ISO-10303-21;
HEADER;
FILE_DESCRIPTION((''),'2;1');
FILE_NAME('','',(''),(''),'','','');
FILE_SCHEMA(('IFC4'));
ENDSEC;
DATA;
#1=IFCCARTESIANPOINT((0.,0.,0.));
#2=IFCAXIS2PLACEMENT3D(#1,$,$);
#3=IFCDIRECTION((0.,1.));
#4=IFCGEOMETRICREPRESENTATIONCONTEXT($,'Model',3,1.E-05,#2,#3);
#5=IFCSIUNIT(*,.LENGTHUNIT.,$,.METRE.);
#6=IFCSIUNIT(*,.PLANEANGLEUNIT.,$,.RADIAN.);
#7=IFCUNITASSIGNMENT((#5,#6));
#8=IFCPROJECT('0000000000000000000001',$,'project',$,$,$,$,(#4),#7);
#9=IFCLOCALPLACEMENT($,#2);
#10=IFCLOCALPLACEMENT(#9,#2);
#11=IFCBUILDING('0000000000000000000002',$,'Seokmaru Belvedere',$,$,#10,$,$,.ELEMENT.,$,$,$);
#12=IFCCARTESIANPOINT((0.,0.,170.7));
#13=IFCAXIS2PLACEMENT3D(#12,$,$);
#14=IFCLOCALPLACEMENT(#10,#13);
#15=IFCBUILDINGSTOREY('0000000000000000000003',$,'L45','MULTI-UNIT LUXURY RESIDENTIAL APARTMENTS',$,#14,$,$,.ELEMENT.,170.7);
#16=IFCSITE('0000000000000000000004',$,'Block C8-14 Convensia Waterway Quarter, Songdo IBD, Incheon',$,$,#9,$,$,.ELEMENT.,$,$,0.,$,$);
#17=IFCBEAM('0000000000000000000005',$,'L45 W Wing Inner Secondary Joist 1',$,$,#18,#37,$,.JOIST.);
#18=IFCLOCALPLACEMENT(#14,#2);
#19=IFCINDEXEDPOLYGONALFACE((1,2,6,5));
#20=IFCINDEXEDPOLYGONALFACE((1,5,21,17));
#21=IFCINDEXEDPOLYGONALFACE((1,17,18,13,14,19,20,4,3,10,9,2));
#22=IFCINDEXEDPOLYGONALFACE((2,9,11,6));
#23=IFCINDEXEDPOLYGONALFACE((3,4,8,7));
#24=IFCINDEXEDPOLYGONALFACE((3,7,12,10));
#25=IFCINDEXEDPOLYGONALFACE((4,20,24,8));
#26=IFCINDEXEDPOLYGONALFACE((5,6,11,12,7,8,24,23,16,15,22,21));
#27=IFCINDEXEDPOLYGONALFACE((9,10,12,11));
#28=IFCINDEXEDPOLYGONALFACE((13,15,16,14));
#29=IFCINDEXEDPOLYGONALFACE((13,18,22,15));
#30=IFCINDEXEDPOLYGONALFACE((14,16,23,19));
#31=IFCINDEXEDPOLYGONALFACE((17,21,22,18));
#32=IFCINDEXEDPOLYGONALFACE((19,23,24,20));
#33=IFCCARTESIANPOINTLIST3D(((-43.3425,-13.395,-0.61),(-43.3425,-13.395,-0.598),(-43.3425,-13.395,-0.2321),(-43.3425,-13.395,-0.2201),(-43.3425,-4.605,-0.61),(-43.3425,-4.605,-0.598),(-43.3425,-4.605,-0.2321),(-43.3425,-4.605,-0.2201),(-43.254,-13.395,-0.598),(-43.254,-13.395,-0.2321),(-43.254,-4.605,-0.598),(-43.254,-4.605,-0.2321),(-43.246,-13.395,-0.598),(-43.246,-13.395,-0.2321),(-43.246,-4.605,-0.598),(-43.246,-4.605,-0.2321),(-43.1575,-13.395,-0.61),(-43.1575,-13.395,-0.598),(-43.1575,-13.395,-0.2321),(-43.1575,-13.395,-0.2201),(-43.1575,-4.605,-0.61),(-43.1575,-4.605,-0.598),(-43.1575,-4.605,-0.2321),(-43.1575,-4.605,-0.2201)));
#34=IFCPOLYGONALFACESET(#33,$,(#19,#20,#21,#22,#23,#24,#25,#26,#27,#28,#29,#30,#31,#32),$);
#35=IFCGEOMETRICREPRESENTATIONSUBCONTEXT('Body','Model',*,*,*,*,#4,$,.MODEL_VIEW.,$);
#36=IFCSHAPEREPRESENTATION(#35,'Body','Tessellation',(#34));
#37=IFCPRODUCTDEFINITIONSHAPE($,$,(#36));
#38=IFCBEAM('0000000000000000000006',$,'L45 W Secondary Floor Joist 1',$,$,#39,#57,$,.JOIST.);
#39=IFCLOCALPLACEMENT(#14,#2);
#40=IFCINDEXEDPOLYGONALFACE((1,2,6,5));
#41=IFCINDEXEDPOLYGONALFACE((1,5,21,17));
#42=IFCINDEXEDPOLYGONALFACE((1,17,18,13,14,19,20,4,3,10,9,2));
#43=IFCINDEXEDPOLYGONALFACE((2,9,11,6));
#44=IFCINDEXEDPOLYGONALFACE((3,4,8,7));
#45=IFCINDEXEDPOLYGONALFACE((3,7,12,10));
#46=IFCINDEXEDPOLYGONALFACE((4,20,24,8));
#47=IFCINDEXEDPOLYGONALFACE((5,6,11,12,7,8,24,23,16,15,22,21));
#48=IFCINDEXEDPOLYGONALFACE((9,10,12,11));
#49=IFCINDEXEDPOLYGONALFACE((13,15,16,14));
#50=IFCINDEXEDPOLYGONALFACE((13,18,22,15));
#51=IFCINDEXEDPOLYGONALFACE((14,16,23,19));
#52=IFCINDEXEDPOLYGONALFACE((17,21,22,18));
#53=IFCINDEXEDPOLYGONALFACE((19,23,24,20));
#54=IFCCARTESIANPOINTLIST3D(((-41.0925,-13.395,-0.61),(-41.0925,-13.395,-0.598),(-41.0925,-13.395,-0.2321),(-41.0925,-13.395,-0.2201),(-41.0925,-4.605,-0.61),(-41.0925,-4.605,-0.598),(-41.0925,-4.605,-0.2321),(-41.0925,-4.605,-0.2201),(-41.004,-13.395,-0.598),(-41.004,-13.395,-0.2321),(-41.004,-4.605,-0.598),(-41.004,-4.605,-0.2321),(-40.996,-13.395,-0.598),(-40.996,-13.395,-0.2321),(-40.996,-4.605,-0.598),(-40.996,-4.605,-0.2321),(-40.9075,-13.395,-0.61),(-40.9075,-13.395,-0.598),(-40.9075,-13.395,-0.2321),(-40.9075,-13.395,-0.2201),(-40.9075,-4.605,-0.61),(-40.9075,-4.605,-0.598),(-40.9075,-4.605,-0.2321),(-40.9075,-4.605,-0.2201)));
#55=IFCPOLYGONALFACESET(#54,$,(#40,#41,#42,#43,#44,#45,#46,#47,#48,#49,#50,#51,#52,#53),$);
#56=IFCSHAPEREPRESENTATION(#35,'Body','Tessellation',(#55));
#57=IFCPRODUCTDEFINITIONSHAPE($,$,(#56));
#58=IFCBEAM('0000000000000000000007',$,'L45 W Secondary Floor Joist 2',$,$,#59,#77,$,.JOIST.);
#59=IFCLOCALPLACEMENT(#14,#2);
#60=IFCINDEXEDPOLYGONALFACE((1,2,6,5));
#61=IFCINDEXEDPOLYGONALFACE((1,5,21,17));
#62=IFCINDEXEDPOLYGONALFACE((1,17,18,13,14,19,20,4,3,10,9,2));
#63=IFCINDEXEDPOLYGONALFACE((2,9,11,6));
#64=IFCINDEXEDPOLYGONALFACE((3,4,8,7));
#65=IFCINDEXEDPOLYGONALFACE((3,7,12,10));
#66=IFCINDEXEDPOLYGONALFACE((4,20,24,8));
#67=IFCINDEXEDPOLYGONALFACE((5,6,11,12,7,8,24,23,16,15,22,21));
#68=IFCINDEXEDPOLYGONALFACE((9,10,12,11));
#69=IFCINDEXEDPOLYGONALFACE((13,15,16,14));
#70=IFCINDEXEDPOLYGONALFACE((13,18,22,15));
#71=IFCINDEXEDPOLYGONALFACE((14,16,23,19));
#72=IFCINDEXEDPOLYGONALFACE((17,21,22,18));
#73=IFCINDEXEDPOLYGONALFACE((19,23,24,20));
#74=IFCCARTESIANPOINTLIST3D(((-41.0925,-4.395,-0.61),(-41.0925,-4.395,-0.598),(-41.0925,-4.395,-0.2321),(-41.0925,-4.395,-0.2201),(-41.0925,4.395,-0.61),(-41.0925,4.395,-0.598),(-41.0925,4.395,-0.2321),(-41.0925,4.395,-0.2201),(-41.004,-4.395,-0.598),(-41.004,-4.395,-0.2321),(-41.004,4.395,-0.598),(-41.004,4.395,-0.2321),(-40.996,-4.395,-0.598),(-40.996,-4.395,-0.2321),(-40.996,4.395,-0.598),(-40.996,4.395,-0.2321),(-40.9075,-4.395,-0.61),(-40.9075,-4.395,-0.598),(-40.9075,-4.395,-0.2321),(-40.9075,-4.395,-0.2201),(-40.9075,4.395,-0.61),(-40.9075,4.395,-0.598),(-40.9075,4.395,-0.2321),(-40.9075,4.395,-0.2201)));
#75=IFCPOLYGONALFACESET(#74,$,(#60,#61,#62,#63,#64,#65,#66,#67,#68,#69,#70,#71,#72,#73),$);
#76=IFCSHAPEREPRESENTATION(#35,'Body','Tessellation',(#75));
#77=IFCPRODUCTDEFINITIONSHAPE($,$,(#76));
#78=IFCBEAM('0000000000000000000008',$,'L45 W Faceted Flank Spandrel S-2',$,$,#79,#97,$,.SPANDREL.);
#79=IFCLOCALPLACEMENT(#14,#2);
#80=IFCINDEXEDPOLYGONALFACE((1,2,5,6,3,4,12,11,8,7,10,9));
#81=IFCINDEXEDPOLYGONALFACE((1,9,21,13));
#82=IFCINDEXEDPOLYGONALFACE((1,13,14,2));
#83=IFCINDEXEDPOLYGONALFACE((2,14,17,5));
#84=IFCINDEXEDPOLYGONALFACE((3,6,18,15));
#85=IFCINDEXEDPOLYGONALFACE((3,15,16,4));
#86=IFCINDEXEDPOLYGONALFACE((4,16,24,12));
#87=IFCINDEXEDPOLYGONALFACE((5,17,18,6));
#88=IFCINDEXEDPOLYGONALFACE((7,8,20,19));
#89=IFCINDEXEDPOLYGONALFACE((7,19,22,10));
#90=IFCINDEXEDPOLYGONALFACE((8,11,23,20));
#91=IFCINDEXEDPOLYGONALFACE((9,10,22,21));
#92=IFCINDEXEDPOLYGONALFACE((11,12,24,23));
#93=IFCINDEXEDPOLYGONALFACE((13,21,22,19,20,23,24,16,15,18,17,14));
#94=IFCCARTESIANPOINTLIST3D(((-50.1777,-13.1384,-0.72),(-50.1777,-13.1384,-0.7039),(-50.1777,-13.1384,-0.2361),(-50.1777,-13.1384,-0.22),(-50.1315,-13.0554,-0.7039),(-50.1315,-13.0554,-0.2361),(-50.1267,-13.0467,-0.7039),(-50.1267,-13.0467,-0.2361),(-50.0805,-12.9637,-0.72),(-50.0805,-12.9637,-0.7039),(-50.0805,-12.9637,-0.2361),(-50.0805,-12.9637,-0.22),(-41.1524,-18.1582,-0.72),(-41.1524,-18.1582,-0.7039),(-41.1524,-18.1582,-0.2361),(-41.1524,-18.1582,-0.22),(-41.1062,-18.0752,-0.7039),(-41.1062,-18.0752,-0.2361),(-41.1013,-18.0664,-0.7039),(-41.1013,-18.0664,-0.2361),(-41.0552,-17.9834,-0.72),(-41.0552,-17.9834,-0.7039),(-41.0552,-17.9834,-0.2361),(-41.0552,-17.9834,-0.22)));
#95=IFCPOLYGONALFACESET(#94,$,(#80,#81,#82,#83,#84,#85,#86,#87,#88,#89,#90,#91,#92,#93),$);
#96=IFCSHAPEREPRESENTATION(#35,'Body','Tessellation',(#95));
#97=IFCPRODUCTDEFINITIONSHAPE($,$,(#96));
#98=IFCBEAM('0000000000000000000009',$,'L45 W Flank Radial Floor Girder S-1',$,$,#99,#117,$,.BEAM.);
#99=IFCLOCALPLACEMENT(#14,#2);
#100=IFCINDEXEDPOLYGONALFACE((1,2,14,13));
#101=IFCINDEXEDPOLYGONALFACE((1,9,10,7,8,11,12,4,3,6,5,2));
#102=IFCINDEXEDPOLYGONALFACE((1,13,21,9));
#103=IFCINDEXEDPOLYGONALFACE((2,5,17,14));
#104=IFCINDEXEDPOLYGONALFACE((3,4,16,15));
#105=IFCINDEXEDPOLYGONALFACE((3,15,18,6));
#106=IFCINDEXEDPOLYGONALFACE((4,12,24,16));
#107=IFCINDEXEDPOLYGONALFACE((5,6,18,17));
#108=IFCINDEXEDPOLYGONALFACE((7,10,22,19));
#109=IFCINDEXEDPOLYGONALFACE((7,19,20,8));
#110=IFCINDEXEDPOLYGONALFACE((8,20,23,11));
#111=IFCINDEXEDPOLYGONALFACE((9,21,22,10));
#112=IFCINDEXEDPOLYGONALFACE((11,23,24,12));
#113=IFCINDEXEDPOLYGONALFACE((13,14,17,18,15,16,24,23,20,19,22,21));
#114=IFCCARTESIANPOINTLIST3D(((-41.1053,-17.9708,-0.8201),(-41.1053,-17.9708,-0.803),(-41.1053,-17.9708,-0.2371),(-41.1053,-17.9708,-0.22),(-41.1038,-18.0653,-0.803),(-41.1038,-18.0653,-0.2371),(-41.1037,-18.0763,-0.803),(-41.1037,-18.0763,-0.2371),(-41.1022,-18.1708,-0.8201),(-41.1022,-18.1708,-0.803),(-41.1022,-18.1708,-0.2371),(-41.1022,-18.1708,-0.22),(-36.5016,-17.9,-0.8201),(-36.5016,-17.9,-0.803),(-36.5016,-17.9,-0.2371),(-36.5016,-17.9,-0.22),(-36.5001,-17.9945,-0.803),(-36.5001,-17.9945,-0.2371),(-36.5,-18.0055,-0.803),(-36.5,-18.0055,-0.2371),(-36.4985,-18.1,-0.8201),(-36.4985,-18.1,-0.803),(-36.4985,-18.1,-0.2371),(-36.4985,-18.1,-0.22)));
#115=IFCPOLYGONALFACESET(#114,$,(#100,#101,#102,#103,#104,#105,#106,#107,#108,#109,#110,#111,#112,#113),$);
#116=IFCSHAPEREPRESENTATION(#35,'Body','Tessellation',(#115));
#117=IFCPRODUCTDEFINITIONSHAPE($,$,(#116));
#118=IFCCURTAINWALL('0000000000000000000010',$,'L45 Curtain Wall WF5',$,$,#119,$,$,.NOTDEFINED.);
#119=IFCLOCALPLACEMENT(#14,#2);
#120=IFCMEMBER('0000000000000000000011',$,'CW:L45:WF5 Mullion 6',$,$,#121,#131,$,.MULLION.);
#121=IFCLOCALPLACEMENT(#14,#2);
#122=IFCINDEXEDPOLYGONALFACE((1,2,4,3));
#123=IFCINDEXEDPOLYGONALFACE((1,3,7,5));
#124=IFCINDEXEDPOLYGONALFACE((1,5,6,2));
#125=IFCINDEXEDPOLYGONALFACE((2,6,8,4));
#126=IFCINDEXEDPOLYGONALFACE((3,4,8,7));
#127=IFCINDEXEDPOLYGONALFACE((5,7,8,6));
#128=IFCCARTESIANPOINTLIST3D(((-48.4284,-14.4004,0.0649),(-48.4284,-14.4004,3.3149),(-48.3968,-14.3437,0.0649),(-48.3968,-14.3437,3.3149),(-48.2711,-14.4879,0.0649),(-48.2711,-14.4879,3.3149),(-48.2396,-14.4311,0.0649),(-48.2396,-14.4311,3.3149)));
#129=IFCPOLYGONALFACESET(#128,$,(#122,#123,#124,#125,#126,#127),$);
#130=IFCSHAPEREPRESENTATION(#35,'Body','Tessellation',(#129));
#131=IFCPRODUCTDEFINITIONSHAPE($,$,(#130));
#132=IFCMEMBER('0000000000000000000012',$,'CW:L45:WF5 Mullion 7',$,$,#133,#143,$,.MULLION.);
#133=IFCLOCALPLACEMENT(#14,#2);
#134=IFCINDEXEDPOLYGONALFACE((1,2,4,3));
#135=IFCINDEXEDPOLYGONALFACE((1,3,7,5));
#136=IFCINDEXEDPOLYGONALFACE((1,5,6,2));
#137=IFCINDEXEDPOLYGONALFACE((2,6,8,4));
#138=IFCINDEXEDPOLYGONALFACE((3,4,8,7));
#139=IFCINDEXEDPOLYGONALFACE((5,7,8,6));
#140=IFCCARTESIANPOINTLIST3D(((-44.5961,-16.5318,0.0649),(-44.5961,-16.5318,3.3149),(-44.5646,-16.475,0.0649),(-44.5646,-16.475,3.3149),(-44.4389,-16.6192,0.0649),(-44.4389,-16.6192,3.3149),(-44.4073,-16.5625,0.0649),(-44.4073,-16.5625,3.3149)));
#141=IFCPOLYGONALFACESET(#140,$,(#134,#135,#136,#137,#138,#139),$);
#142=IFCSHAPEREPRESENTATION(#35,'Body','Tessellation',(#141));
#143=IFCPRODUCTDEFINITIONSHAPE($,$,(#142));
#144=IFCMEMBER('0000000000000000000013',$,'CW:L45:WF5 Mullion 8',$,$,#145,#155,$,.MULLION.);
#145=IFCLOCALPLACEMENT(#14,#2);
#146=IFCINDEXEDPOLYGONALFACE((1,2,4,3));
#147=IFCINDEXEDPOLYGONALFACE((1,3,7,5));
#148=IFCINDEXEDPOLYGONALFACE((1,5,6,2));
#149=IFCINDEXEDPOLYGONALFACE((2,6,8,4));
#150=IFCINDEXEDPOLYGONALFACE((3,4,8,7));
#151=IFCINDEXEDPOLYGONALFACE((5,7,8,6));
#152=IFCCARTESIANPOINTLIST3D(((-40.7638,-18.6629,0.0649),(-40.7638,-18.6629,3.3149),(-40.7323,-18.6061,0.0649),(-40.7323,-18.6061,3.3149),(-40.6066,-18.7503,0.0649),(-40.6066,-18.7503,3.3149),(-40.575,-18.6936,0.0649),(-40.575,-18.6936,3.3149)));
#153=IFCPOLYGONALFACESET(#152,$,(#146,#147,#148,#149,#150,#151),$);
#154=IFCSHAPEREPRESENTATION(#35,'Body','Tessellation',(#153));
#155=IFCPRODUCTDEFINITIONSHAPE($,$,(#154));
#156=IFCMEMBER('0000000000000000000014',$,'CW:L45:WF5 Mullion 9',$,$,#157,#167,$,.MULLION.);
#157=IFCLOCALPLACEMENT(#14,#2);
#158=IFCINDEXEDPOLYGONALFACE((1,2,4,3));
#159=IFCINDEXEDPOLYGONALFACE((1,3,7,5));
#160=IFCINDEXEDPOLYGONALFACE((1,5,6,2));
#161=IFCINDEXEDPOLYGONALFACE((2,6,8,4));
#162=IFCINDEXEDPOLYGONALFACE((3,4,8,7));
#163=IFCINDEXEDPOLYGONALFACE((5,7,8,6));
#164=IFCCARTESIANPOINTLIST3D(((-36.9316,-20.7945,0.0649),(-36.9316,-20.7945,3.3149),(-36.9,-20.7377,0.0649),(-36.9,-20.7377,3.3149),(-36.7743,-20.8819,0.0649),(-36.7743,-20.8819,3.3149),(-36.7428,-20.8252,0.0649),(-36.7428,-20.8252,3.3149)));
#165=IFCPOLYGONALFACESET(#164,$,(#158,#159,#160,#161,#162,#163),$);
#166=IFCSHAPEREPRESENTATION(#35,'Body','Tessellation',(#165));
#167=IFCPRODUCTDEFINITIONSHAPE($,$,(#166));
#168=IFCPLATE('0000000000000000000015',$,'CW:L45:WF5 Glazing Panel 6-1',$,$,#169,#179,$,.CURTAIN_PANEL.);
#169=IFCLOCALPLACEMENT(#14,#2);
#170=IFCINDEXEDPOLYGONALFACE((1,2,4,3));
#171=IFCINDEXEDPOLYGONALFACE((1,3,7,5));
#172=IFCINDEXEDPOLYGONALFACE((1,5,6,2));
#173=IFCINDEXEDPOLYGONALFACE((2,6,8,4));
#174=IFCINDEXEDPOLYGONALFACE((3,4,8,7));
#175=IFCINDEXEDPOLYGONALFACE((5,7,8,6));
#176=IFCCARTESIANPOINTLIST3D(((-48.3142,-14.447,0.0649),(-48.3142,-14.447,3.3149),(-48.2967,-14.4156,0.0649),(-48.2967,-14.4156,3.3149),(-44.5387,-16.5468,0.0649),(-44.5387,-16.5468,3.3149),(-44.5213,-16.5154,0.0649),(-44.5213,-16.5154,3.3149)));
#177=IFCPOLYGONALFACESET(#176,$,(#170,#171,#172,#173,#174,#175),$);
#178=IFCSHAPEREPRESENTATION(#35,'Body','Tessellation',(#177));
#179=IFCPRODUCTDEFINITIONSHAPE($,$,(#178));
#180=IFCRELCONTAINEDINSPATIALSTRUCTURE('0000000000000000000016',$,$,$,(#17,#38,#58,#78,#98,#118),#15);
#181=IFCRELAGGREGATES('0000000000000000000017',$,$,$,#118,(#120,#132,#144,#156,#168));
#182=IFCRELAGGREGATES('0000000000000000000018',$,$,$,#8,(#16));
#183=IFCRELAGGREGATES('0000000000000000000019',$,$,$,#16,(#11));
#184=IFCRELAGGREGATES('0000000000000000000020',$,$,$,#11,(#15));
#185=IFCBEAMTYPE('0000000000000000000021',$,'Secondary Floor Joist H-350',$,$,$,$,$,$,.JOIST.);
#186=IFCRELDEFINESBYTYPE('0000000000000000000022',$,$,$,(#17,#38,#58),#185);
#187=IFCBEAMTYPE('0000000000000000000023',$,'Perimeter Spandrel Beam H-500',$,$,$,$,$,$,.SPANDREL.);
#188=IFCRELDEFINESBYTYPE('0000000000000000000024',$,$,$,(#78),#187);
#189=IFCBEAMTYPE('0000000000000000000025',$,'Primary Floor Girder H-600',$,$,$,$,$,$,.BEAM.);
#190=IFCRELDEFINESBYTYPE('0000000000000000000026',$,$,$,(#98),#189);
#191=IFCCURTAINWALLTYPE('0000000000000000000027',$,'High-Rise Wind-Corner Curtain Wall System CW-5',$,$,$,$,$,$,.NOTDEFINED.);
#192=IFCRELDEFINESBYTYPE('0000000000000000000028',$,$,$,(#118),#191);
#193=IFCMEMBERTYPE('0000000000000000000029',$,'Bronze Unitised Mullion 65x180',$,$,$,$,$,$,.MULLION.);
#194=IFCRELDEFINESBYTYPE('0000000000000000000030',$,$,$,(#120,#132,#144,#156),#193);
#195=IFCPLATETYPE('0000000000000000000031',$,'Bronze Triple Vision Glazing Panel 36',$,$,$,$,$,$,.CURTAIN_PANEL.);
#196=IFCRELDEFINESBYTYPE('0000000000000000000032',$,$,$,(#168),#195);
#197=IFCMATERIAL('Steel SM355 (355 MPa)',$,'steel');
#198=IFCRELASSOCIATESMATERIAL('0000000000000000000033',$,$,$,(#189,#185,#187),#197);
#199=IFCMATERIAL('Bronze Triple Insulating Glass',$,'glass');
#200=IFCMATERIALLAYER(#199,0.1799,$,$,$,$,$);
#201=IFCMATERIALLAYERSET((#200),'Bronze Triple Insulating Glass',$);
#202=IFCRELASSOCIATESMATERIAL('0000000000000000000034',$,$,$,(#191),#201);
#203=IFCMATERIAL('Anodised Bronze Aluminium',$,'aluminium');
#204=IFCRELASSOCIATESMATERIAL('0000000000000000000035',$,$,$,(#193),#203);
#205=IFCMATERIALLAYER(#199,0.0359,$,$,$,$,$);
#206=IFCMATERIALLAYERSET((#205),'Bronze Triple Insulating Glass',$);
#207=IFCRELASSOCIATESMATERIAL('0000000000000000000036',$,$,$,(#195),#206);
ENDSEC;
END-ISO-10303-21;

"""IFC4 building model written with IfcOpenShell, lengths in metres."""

from ifc_helpers import new_model, si_unit, direction, frame, origin, origin_2d, place, context, subcontext, project, spatial, rectangle, i_section, extrude, source, transform, mapped, material, layer, layer_set, material_profile, profile_set, type_object, type_shapes, element, aggregate, save


model = new_model("IFC4")

# Units and contexts
model_context = context("Model", 3, precision=1e-05, world=origin(), true_north=direction((0.0, 1.0)))
body_context = subcontext(model_context, "Body", "Model", "MODEL_VIEW")
ifc_project = project(units=[si_unit("LENGTHUNIT", "METRE"), si_unit("PLANEANGLEUNIT", "RADIAN")], contexts=[model_context])

# Site, building, storey
site_placement = place(None, origin())
site = spatial("IfcSite", under=ifc_project, at=site_placement, Name="Block C8-14 Convensia Waterway Quarter, Songdo IBD, Incheon", CompositionType="ELEMENT", RefElevation=0.0)
building_placement = place(site_placement, origin())
building = spatial("IfcBuilding", under=site, at=building_placement, Name="Seokmaru Belvedere", CompositionType="ELEMENT")
storey_placement = place(building_placement, frame((0.0, 0.0, 170.7)))
storey = spatial("IfcBuildingStorey", under=building, at=storey_placement, Name="L45", Description="MULTI-UNIT LUXURY RESIDENTIAL APARTMENTS", CompositionType="ELEMENT", Elevation=170.7)

# Shared definitions
ifc_material_1 = material(Name="Steel SM355 (355 MPa)", Category="steel")

# Beams
ifc_material_profile_1 = material_profile(ifc_material_1, i_section(OverallWidth=0.2, OverallDepth=0.6001, WebThickness=0.011, FlangeThickness=0.0171, at=origin_2d()), Name="H-600x200x11x17")
ifc_profile_set_1 = profile_set([ifc_material_profile_1], Name="Steel SM355 (355 MPa)")
beam_type_1 = type_object("IfcBeamType", Name="Primary Floor Girder H-600", PredefinedType="BEAM", material=ifc_profile_set_1)
ifc_material_profile_2 = material_profile(ifc_material_1, i_section(OverallWidth=0.1851, OverallDepth=0.3899, WebThickness=0.0081, FlangeThickness=0.012, at=origin_2d()), Name="H-390x185x8x12")
ifc_profile_set_2 = profile_set([ifc_material_profile_2], Name="Steel SM355 (355 MPa)")
beam_type_2 = type_object("IfcBeamType", Name="Secondary Floor Joist H-350", PredefinedType="JOIST", material=ifc_profile_set_2)
shared_shape_1 = source(origin(), body_context, "Body", "SweptSolid", [
    extrude(i_section(OverallWidth=0.1851, OverallDepth=0.3899, WebThickness=0.0081, FlangeThickness=0.012, at=origin_2d()), origin(), (0.0, 0.0, 1.0), 8.79),
])
type_shapes(beam_type_2, [shared_shape_1])
for number, where, z_axis, x_axis, name in (
    (1, (-43.25, -13.395, -0.415), (0.0, 1.0, 0.0), (-1.0, 0.0, 0.0), "L45 W Wing Inner Secondary Joist 1"),
    (2, (-41.0, -13.395, -0.415), (0.0, 1.0, 0.0), (-1.0, 0.0, 0.0), "L45 W Secondary Floor Joist 1"),
    (3, (-41.0, -4.395, -0.415), (0.0, 1.0, 0.0), (-1.0, 0.0, 0.0), "L45 W Secondary Floor Joist 2"),
):
    element("IfcBeam", number, at=place(storey_placement, frame(where, z_axis=z_axis, x_axis=x_axis)), inside=storey, type_object=beam_type_2, Name=name, PredefinedType="JOIST", context=body_context, shape_type="MappedRepresentation", body=[
        mapped(shared_shape_1, transform((0.0, 0.0, 0.0), scale=1.0)),
    ])
ifc_material_profile_3 = material_profile(ifc_material_1, i_section(OverallWidth=0.2, OverallDepth=0.5, WebThickness=0.01, FlangeThickness=0.0161, at=origin_2d()), Name="H-500x200x10x16")
ifc_profile_set_3 = profile_set([ifc_material_profile_3], Name="Steel SM355 (355 MPa)")
beam_type_3 = type_object("IfcBeamType", Name="Perimeter Spandrel Beam H-500", PredefinedType="SPANDREL", material=ifc_profile_set_3)
shared_shape_2 = source(origin(), body_context, "Body", "SweptSolid", [
    extrude(i_section(OverallWidth=0.2, OverallDepth=0.5, WebThickness=0.01, FlangeThickness=0.0161, at=origin_2d()), origin(), (0.0, 0.0, 1.0), 10.3274),
])
type_shapes(beam_type_3, [shared_shape_2])
beam_1_placement = place(storey_placement, frame((-41.1038, -18.0708, -0.47), z_axis=(-0.873924, 0.486062, 0.0), x_axis=(-0.486062, -0.873924, 0.0)))
element("IfcBeam", 4, at=beam_1_placement, inside=storey, type_object=beam_type_3, Name="L45 W Faceted Flank Spandrel S-2", PredefinedType="SPANDREL", context=body_context, shape_type="MappedRepresentation", body=[
    mapped(shared_shape_2, transform((0.0, 0.0, 0.0), scale=1.0)),
])
shared_shape_3 = source(origin(), body_context, "Body", "SweptSolid", [
    extrude(i_section(OverallWidth=0.2, OverallDepth=0.6001, WebThickness=0.011, FlangeThickness=0.0171, at=origin_2d()), origin(), (0.0, 0.0, 1.0), 4.6042),
])
beam_2_placement = place(storey_placement, frame((-41.1038, -18.0708, -0.52), z_axis=(0.999882, 0.015377, 0.0), x_axis=(-0.015377, 0.999882, 0.0)))
element("IfcBeam", 5, at=beam_2_placement, inside=storey, type_object=beam_type_1, Name="L45 W Flank Radial Floor Girder S-1", PredefinedType="BEAM", context=body_context, shape_type="MappedRepresentation", body=[
    mapped(shared_shape_3, transform((0.0, 0.0, 0.0), scale=1.0)),
])

# Curtain wall, members, plate
ifc_material_2 = material(Name="Bronze Triple Insulating Glass", Category="glass")
ifc_layer_1 = layer(ifc_material_2, 0.1799)
ifc_layer_set_1 = layer_set([ifc_layer_1], Name="Bronze Triple Insulating Glass")
curtain_wall_type = type_object("IfcCurtainWallType", Name="High-Rise Wind-Corner Curtain Wall System CW-5", PredefinedType="NOTDEFINED", material=ifc_layer_set_1)
curtain_wall_placement = place(storey_placement, origin())
curtain_wall = element("IfcCurtainWall", 6, at=curtain_wall_placement, inside=storey, type_object=curtain_wall_type, Name="L45 Curtain Wall WF5", PredefinedType="NOTDEFINED")
ifc_material_3 = material(Name="Anodised Bronze Aluminium", Category="aluminium")
ifc_material_profile_4 = material_profile(ifc_material_3, rectangle(XDim=0.0649, YDim=0.1799, at=origin_2d()), Name="CW-M-65x180")
ifc_profile_set_4 = profile_set([ifc_material_profile_4], Name="Anodised Bronze Aluminium")
member_type = type_object("IfcMemberType", Name="Bronze Unitised Mullion 65x180", PredefinedType="MULLION", material=ifc_profile_set_4)
shared_shape_4 = source(origin(), body_context, "Body", "SweptSolid", [
    extrude(rectangle(XDim=0.0649, YDim=0.1799, at=origin_2d()), origin(), (0.0, 0.0, 1.0), 3.25),
])
type_shapes(member_type, [shared_shape_4])
member_1_placement = place(storey_placement, frame((-48.334, -14.4158, 0.0649), z_axis=(0.0, 0.0, 1.0), x_axis=(0.486047, 0.873933, 0.0)))
member_1 = element("IfcMember", 7, at=member_1_placement, type_object=member_type, Name="CW:L45:WF5 Mullion 6", PredefinedType="MULLION", context=body_context, shape_type="MappedRepresentation", body=[
    mapped(shared_shape_4, transform((0.0, 0.0, 0.0), scale=1.0)),
])
member_2_placement = place(storey_placement, frame((-44.5017, -16.5471, 0.0649), z_axis=(0.0, 0.0, 1.0), x_axis=(0.486047, 0.873933, 0.0)))
member_2 = element("IfcMember", 8, at=member_2_placement, type_object=member_type, Name="CW:L45:WF5 Mullion 7", PredefinedType="MULLION", context=body_context, shape_type="MappedRepresentation", body=[
    mapped(shared_shape_4, transform((0.0, 0.0, 0.0), scale=1.0)),
])
member_3_placement = place(storey_placement, frame((-40.6694, -18.6782, 0.0649), z_axis=(0.0, 0.0, 1.0), x_axis=(0.486047, 0.873933, 0.0)))
member_3 = element("IfcMember", 9, at=member_3_placement, type_object=member_type, Name="CW:L45:WF5 Mullion 8", PredefinedType="MULLION", context=body_context, shape_type="MappedRepresentation", body=[
    mapped(shared_shape_4, transform((0.0, 0.0, 0.0), scale=1.0)),
])
member_4_placement = place(storey_placement, frame((-36.8372, -20.8098, 0.0649), z_axis=(0.0, 0.0, 1.0), x_axis=(0.486047, 0.873933, 0.0)))
member_4 = element("IfcMember", 10, at=member_4_placement, type_object=member_type, Name="CW:L45:WF5 Mullion 9", PredefinedType="MULLION", context=body_context, shape_type="MappedRepresentation", body=[
    mapped(shared_shape_4, transform((0.0, 0.0, 0.0), scale=1.0)),
])
ifc_layer_2 = layer(ifc_material_2, 0.0359)
ifc_layer_set_2 = layer_set([ifc_layer_2], Name="Bronze Triple Insulating Glass")
plate_type = type_object("IfcPlateType", Name="Bronze Triple Vision Glazing Panel 36", PredefinedType="CURTAIN_PANEL", material=ifc_layer_set_2)
shared_shape_5 = source(origin(), body_context, "Body", "SweptSolid", [
    extrude(rectangle(XDim=4.3201, YDim=0.0359, at=origin_2d()), origin(), (0.0, 0.0, 1.0), 3.25),
])
type_shapes(plate_type, [shared_shape_5])
plate_1_placement = place(storey_placement, frame((-46.4177, -15.4812, 0.0649), z_axis=(0.0, 0.0, 1.0), x_axis=(0.873933, -0.486047, 0.0)))
plate_1 = element("IfcPlate", 11, at=plate_1_placement, type_object=plate_type, Name="CW:L45:WF5 Glazing Panel 6-1", PredefinedType="CURTAIN_PANEL", context=body_context, shape_type="MappedRepresentation", body=[
    mapped(shared_shape_5, transform((0.0, 0.0, 0.0), scale=1.0)),
])
aggregate(curtain_wall, [member_1, member_2, member_3, member_4, plate_1])

save(model, "model.ifc")
